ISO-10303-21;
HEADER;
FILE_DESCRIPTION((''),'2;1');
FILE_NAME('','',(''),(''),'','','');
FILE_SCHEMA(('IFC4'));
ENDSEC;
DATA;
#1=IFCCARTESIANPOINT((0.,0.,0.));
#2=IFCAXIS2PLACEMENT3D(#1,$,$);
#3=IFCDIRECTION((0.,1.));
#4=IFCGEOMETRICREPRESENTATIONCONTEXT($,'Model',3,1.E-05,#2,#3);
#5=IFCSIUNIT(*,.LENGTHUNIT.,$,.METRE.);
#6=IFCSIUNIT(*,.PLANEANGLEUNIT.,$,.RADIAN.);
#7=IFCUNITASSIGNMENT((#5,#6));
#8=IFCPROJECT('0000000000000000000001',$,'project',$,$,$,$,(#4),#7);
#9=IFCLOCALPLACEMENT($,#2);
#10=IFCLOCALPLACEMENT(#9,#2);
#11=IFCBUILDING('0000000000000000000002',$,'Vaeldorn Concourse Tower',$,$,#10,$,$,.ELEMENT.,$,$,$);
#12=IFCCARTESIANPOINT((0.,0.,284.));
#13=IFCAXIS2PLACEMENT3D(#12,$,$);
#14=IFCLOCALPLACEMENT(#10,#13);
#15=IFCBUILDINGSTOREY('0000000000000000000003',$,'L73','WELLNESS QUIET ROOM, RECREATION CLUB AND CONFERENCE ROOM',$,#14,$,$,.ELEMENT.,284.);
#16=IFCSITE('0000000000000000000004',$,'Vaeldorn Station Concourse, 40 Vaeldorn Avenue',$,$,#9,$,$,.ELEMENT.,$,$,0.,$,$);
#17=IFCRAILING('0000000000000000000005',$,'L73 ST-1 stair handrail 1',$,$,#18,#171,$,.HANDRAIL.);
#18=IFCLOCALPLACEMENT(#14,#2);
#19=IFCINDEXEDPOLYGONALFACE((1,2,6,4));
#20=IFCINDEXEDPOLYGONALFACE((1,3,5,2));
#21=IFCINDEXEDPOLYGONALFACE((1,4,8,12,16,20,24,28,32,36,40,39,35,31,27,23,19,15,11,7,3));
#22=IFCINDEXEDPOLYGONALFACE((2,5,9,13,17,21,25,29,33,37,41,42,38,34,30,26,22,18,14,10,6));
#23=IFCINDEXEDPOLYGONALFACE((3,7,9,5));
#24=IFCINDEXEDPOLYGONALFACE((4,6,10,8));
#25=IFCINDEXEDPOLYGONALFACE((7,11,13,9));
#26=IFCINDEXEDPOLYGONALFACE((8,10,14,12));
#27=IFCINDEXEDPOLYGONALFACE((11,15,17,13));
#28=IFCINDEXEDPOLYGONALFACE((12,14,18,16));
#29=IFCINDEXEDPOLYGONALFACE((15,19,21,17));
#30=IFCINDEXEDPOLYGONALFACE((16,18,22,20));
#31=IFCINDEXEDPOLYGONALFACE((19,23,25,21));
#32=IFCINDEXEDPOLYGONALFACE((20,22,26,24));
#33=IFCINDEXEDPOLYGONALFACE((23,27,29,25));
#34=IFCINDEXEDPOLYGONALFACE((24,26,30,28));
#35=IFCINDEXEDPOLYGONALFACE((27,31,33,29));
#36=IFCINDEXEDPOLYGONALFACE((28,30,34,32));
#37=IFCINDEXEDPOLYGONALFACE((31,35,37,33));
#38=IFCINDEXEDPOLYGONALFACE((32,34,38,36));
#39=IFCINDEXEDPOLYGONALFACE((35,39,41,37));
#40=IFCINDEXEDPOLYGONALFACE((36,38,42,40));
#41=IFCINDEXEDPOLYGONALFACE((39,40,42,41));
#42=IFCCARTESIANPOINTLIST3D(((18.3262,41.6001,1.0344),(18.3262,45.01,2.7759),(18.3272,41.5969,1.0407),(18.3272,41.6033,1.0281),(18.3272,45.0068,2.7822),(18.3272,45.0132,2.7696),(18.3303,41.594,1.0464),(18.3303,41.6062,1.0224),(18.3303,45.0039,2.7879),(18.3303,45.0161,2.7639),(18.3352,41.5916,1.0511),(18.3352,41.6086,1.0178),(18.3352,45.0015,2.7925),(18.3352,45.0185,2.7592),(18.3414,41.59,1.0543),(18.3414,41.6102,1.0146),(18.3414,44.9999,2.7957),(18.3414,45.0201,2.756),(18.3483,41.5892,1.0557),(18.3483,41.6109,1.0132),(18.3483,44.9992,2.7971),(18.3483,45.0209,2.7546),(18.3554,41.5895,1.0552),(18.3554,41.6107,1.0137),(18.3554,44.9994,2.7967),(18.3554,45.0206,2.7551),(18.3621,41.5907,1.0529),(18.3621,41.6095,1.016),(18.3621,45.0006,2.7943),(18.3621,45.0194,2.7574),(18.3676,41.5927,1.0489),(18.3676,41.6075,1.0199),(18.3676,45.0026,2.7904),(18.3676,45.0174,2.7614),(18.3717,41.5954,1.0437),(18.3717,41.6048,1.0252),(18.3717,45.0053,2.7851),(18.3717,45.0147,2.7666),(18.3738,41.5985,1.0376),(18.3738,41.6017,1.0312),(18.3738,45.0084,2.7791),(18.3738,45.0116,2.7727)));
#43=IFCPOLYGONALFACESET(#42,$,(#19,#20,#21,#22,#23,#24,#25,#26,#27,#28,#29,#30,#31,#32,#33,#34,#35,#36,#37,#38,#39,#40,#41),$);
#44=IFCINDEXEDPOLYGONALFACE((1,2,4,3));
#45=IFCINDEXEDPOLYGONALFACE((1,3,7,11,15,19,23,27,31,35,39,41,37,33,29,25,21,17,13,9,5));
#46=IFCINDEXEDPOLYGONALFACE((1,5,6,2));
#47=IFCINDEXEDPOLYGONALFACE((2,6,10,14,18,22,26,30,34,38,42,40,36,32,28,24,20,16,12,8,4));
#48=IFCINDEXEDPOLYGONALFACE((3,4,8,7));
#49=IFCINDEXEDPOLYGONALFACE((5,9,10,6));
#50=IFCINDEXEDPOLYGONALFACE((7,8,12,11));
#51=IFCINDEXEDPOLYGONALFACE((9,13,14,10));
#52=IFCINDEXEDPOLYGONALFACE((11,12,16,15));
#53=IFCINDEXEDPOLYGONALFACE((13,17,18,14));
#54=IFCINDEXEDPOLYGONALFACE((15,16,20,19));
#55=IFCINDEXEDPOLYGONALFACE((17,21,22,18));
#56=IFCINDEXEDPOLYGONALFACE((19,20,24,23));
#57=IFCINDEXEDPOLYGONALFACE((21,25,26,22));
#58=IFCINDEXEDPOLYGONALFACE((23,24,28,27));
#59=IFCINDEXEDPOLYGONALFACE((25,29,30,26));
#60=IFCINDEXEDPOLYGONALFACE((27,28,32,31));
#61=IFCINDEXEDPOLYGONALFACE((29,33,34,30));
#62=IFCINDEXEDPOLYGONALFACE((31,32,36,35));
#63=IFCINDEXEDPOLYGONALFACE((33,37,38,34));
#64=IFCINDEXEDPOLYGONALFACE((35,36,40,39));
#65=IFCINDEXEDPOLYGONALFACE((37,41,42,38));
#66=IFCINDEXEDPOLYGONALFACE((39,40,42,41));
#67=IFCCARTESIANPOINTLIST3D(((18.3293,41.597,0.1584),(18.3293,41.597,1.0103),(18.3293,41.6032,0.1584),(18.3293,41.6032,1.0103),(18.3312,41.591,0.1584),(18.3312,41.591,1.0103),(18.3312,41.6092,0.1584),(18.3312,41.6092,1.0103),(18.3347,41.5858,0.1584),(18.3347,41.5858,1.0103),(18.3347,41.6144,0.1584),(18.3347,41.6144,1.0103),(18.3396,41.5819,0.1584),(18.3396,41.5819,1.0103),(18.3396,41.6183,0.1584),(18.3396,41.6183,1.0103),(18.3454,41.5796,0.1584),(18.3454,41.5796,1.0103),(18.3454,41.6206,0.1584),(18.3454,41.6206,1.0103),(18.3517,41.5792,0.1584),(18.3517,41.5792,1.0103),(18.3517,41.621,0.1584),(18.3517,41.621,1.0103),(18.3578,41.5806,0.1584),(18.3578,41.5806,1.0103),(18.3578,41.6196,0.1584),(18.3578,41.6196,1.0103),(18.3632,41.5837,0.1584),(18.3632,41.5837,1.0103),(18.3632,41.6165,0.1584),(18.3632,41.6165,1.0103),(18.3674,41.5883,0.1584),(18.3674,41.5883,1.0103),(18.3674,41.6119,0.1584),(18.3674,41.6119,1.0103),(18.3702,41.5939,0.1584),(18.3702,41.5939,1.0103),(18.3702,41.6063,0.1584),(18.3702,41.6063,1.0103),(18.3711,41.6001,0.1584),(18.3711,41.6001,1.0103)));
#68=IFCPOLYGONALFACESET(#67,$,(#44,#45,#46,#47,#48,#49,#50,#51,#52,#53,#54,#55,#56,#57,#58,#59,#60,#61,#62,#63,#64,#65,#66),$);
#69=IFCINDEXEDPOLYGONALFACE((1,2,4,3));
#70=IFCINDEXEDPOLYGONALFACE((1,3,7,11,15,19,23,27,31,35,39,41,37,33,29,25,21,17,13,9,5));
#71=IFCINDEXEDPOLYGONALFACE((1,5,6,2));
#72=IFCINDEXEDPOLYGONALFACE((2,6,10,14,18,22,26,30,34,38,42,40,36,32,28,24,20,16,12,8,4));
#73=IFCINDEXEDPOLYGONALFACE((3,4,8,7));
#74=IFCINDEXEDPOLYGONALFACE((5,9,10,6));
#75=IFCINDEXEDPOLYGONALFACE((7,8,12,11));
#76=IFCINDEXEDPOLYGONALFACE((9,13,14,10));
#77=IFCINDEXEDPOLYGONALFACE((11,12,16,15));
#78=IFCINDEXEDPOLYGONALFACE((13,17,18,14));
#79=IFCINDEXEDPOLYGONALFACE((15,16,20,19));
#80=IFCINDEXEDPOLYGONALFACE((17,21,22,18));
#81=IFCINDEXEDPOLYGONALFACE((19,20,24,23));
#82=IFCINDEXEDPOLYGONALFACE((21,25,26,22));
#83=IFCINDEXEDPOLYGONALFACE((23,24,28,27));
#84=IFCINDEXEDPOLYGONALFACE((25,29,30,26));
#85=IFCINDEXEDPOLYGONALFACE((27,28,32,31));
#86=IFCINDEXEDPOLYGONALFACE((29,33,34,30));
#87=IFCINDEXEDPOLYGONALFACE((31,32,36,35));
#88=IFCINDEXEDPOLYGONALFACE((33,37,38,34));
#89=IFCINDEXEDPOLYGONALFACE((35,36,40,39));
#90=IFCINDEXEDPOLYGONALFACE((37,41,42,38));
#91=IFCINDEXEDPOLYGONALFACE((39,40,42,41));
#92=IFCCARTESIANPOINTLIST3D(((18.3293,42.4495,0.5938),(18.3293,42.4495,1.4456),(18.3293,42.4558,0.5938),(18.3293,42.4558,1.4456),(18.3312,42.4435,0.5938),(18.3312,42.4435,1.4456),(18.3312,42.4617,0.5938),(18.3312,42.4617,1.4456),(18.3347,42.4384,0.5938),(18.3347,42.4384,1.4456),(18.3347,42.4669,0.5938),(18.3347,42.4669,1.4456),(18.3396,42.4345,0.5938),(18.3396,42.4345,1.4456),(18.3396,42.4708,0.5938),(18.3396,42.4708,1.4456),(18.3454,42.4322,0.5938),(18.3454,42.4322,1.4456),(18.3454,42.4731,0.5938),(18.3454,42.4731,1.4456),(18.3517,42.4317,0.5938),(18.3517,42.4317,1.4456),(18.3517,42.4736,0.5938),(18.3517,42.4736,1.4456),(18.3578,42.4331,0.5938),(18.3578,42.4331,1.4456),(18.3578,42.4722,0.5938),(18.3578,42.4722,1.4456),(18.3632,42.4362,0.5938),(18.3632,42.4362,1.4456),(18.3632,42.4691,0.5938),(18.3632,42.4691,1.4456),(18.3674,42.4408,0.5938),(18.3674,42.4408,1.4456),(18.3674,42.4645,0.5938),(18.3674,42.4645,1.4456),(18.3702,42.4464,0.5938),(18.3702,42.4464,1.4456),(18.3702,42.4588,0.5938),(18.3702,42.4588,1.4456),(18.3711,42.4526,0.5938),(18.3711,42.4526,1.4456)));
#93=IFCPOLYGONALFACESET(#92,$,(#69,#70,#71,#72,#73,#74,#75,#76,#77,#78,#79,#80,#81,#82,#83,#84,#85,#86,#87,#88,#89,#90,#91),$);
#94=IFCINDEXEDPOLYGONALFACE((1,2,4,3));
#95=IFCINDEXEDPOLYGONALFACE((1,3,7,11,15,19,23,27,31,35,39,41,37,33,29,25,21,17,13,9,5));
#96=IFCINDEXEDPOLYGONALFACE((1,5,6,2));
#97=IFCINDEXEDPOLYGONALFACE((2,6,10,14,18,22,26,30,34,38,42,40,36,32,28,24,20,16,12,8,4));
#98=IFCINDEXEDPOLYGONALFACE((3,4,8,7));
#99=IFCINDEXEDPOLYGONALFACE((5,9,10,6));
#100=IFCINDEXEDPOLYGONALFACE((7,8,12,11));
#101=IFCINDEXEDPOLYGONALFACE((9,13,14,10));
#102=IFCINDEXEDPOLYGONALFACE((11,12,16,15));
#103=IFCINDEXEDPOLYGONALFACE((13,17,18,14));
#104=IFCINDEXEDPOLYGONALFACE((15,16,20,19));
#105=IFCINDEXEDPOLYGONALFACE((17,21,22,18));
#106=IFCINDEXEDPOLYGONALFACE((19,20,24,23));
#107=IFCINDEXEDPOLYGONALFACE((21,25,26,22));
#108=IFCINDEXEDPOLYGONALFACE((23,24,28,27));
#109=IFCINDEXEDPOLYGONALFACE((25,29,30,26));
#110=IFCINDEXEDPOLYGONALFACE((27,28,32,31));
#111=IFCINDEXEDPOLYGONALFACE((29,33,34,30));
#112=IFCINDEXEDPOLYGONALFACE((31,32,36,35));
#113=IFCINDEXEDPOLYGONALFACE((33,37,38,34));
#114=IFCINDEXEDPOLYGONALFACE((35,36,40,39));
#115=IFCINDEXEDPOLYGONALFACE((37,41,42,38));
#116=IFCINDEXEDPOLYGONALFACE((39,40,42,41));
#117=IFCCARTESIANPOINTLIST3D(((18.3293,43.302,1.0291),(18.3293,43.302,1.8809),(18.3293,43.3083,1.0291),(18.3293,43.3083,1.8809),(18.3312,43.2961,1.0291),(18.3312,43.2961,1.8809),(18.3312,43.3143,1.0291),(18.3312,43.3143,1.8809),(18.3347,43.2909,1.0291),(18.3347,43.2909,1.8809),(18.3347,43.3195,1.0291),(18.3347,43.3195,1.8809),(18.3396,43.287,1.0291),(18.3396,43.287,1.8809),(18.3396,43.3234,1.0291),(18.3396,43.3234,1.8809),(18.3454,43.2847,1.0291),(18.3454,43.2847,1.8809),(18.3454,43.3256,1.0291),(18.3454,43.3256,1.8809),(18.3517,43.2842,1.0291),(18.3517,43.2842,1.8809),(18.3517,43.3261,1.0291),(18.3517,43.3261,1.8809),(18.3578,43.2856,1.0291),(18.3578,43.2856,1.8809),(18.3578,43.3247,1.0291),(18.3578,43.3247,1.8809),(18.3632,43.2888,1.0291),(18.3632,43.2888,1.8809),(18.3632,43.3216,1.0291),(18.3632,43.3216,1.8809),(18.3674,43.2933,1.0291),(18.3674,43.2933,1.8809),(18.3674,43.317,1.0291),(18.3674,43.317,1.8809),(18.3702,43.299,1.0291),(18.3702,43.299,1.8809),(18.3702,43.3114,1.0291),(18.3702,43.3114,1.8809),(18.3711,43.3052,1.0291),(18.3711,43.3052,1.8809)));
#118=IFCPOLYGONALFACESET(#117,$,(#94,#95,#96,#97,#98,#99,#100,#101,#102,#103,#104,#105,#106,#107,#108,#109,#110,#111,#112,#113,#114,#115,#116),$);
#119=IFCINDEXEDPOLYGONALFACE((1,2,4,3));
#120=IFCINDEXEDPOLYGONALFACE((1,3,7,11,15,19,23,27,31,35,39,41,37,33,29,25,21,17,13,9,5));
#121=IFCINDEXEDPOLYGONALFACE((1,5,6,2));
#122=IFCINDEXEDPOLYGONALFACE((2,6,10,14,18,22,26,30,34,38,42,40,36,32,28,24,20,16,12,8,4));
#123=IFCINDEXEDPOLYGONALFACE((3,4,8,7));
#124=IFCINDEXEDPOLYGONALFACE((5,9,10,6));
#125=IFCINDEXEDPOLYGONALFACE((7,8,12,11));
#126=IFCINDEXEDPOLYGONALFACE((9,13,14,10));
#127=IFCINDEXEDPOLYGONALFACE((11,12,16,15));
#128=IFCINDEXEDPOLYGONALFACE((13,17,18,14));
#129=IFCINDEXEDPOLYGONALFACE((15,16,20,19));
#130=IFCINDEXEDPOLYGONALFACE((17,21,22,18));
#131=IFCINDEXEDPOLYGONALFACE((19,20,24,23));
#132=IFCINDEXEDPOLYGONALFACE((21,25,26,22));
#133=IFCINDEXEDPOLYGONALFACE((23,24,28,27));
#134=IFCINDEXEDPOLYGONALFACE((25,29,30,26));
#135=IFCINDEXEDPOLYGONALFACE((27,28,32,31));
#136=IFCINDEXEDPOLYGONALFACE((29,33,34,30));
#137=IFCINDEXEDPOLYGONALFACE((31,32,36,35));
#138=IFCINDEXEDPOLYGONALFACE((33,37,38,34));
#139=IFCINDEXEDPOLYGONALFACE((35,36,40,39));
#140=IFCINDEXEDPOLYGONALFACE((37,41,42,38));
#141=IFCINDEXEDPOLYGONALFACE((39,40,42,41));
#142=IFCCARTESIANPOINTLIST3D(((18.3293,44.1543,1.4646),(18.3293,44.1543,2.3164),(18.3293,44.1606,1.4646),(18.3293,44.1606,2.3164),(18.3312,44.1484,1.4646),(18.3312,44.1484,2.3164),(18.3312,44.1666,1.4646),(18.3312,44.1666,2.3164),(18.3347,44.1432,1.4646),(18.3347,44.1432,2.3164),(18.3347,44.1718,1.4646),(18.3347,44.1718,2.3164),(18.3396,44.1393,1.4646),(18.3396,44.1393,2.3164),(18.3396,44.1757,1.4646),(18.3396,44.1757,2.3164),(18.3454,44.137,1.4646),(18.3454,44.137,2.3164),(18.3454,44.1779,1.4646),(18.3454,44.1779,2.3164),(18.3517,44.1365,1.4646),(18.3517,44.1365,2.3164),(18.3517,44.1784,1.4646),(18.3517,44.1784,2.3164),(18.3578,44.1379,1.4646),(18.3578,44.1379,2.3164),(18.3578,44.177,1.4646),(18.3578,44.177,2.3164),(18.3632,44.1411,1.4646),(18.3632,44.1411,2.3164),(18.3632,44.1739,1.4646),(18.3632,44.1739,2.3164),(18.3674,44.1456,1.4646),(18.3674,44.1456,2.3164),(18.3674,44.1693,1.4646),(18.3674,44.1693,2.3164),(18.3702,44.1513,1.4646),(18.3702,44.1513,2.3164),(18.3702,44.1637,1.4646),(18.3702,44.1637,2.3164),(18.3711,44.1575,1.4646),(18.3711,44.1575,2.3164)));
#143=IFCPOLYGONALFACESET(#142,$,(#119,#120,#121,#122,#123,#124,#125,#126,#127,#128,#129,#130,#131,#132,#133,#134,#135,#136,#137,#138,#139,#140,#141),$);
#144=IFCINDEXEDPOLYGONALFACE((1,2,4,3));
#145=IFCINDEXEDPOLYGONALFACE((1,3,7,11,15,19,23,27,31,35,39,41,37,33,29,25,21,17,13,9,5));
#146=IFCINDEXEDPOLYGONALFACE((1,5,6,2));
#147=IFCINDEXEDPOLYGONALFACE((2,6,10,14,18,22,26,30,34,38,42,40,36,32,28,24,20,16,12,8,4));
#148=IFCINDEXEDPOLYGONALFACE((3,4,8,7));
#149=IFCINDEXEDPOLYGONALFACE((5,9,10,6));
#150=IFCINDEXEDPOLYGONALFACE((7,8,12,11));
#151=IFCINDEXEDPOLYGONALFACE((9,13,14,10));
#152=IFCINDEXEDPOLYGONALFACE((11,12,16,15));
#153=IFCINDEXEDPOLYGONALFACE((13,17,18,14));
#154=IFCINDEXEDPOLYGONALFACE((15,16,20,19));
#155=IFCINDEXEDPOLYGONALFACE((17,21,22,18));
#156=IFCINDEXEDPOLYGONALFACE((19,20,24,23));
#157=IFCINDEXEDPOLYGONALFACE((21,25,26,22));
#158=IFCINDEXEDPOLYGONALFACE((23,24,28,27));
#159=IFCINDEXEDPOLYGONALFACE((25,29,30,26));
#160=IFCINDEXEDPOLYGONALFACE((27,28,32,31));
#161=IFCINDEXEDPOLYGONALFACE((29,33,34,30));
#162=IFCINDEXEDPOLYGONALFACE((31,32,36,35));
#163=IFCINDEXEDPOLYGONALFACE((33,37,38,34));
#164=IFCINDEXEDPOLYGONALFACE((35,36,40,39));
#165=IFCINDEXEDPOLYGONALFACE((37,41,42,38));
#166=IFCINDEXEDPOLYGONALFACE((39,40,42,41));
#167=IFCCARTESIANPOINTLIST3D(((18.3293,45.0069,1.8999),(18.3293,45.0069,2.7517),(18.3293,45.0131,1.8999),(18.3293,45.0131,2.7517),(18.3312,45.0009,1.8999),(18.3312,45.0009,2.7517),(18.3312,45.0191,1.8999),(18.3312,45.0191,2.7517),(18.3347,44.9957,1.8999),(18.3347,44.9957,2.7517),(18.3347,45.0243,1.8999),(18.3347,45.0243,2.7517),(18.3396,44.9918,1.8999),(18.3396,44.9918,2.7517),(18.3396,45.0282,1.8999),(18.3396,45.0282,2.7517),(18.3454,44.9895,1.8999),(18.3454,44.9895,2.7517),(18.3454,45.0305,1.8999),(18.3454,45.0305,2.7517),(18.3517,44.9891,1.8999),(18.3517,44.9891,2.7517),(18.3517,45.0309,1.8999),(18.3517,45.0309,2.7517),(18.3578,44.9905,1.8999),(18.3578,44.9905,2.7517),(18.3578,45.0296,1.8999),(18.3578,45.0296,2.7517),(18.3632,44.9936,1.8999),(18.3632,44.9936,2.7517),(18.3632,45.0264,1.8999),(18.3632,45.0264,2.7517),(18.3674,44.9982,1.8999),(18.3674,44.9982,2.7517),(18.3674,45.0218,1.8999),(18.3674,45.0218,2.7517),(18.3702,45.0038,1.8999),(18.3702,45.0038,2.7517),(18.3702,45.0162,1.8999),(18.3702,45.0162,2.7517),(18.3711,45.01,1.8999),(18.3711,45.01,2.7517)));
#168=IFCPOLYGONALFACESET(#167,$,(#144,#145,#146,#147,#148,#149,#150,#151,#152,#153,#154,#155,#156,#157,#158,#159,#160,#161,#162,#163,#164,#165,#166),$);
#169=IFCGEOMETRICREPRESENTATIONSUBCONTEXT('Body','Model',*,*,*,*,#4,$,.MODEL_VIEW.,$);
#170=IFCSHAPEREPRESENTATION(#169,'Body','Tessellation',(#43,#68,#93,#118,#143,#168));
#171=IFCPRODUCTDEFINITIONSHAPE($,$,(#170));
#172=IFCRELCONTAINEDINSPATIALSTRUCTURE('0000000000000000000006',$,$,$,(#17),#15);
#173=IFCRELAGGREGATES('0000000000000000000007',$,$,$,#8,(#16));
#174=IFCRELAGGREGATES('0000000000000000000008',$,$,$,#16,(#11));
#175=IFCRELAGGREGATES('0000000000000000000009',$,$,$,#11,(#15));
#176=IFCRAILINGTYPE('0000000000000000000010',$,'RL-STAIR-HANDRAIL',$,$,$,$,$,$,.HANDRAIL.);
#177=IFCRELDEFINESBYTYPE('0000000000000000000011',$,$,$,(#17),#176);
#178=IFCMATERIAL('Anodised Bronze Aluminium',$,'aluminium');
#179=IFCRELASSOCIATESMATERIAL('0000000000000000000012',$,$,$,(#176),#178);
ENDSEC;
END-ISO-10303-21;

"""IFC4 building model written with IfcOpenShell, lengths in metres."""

from ifc_helpers import new_model, si_unit, direction, frame, origin, origin_2d, place, context, subcontext, project, spatial, circle, extrude, material, type_object, element, save


model = new_model("IFC4")

# Units and contexts
model_context = context("Model", 3, precision=1e-05, world=origin(), true_north=direction((0.0, 1.0)))
body_context = subcontext(model_context, "Body", "Model", "MODEL_VIEW")
ifc_project = project(units=[si_unit("LENGTHUNIT", "METRE"), si_unit("PLANEANGLEUNIT", "RADIAN")], contexts=[model_context])

# Site, building, storey
site_placement = place(None, origin())
site = spatial("IfcSite", under=ifc_project, at=site_placement, Name="Vaeldorn Station Concourse, 40 Vaeldorn Avenue", CompositionType="ELEMENT", RefElevation=0.0)
building_placement = place(site_placement, origin())
building = spatial("IfcBuilding", under=site, at=building_placement, Name="Vaeldorn Concourse Tower", CompositionType="ELEMENT")
storey_placement = place(building_placement, frame((0.0, 0.0, 284.0)))
storey = spatial("IfcBuildingStorey", under=building, at=storey_placement, Name="L73", Description="WELLNESS QUIET ROOM, RECREATION CLUB AND CONFERENCE ROOM", CompositionType="ELEMENT", Elevation=284.0)

# Shared definitions
ifc_material_1 = material(Name="Anodised Bronze Aluminium", Category="aluminium")

# Railing
railing_type_1 = type_object("IfcRailingType", Name="RL-STAIR-HANDRAIL", PredefinedType="HANDRAIL", material=ifc_material_1)
railing_1_placement = place(storey_placement, frame((18.3501, 41.6001, 0.1584)))
element("IfcRailing", 1, at=railing_1_placement, inside=storey, type_object=railing_type_1, Name="L73 ST-1 stair handrail 1", PredefinedType="HANDRAIL", context=body_context, shape_type="SweptSolid", body=[
    extrude(circle(Radius=0.0239, at=origin_2d()), frame((0.0, 0.0, 0.876), z_axis=(0.0, 0.890582, 0.454823), x_axis=(-1.0, 0.0, 0.0)), (0.0, 0.0, 1.0), 3.8289),
    extrude(circle(Radius=0.021, at=origin_2d()), origin(), (0.0, 0.0, 1.0), 0.8518),
    extrude(circle(Radius=0.021, at=origin_2d()), frame((0.0, 0.8525, 0.4353)), (0.0, 0.0, 1.0), 0.8518),
    extrude(circle(Radius=0.021, at=origin_2d()), frame((0.0, 1.7051, 0.8706)), (0.0, 0.0, 1.0), 0.8518),
    extrude(circle(Radius=0.021, at=origin_2d()), frame((0.0, 2.5574, 1.3062)), (0.0, 0.0, 1.0), 0.8518),
    extrude(circle(Radius=0.021, at=origin_2d()), frame((0.0, 3.4099, 1.7415)), (0.0, 0.0, 1.0), 0.8518),
])

save(model, "model.ifc")
